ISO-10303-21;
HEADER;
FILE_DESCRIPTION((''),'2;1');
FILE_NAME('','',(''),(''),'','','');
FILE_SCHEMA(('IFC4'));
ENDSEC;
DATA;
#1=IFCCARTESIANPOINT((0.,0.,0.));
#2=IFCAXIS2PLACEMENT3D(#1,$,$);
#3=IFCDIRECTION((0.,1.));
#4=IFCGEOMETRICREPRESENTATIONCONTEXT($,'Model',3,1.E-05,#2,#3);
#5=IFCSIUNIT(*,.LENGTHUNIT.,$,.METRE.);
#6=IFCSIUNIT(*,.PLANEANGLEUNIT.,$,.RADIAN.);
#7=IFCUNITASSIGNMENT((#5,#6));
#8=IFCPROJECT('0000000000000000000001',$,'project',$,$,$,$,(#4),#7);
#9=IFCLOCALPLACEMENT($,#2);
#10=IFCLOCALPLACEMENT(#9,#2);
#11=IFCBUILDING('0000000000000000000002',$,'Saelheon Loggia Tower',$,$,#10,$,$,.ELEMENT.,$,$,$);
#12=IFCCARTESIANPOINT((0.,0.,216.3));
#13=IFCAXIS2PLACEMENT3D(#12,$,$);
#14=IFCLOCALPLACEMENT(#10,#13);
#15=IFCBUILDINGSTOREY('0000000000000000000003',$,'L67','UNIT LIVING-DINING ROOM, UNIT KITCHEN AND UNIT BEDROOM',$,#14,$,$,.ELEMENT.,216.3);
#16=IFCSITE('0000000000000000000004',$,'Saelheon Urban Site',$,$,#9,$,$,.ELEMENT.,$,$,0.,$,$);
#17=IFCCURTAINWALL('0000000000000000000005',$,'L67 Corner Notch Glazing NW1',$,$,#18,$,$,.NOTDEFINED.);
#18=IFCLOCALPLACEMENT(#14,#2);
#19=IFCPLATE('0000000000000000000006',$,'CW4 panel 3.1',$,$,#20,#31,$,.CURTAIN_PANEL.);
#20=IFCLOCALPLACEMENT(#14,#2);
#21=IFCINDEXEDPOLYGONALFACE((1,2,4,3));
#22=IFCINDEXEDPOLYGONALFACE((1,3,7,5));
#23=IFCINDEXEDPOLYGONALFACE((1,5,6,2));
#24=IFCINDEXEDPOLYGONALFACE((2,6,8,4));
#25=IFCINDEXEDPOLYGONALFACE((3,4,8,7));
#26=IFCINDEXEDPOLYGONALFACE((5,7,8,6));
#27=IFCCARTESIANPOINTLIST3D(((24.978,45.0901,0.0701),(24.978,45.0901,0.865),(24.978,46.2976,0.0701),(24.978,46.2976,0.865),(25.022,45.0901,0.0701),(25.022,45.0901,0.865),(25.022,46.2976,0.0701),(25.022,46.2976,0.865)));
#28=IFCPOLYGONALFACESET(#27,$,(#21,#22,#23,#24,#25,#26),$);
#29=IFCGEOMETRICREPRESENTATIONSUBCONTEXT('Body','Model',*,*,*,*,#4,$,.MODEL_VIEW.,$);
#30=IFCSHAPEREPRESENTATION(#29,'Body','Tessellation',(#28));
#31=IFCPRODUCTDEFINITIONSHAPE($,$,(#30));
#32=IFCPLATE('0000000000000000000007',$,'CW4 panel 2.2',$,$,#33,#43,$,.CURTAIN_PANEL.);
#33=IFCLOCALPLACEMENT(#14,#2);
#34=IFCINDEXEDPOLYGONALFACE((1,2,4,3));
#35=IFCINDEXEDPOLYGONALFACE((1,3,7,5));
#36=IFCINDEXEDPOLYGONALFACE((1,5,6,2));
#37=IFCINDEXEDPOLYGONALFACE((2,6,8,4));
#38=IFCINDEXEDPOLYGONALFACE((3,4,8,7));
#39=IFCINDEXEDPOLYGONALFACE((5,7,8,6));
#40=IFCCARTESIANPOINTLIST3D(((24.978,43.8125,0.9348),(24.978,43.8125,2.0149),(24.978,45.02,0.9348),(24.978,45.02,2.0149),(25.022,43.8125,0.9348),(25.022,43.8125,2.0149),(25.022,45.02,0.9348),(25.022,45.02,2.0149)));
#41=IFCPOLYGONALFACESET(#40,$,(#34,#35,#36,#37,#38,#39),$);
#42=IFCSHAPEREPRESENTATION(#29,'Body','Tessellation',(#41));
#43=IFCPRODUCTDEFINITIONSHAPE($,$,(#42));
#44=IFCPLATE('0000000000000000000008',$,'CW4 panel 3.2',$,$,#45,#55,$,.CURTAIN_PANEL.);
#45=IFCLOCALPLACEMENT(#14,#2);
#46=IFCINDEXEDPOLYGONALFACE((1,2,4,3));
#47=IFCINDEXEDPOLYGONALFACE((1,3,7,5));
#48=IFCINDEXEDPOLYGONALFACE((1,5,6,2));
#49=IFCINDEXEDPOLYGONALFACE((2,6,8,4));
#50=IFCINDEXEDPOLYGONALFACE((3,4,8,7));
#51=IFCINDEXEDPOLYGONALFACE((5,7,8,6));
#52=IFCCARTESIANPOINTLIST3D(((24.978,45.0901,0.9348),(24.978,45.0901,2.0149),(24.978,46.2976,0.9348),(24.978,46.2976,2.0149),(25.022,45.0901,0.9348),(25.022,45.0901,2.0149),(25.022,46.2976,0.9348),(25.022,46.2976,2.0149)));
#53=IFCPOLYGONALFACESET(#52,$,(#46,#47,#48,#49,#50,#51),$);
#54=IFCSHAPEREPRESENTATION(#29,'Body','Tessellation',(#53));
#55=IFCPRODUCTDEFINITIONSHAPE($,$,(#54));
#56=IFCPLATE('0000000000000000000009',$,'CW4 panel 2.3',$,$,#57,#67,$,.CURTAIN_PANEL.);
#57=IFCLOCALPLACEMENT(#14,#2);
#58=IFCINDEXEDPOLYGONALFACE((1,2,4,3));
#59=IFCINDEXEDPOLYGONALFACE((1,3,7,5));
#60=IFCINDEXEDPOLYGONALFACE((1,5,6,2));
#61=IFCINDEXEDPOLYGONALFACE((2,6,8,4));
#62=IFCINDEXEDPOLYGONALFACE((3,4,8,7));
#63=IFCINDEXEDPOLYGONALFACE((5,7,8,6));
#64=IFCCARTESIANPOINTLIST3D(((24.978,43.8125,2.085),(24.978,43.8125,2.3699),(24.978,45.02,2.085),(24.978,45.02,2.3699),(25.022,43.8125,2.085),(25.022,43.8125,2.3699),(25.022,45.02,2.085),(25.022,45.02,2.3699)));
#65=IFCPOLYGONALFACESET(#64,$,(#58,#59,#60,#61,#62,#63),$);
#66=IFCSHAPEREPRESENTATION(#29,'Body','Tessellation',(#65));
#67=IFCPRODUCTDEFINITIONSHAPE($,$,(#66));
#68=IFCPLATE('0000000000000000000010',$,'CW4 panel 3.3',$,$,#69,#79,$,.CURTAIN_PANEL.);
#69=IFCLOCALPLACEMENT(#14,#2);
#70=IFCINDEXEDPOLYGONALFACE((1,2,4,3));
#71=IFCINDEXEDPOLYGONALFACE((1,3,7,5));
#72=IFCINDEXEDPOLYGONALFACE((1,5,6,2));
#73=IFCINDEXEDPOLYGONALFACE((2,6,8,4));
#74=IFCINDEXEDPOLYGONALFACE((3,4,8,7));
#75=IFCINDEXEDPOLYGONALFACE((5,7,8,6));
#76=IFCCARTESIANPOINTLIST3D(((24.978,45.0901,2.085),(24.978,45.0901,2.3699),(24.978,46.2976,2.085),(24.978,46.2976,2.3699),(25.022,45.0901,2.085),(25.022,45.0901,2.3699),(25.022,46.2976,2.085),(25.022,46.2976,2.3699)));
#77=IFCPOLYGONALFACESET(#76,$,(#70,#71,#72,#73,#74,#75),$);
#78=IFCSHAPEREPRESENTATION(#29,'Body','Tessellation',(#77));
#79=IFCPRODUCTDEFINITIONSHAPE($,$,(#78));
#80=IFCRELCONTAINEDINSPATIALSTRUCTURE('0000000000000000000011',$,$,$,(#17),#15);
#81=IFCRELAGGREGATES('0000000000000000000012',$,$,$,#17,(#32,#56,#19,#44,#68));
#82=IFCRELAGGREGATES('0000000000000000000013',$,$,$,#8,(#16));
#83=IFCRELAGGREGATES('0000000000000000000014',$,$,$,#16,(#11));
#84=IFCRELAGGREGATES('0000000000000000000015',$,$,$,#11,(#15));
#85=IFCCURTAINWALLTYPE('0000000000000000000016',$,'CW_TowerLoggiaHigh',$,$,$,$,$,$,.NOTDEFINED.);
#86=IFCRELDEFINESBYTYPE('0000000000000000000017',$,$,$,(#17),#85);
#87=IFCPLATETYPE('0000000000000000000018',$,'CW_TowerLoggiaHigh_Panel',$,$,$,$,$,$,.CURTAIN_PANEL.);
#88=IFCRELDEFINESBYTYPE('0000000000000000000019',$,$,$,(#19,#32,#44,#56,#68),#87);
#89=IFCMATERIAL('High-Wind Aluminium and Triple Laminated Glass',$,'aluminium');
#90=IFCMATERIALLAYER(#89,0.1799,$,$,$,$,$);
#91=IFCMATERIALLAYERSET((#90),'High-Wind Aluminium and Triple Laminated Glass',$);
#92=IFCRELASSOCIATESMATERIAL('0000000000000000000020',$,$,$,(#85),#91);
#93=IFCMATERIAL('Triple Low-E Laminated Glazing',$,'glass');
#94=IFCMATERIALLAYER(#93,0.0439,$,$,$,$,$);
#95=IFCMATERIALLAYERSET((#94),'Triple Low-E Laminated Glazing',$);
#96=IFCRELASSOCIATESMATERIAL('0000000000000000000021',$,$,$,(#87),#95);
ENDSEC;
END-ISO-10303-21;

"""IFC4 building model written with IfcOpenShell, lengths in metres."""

from ifc_helpers import new_model, si_unit, direction, frame, origin, origin_2d, place, context, subcontext, project, spatial, rectangle, extrude, source, transform, mapped, material, layer, layer_set, type_object, element, aggregate, save


model = new_model("IFC4")

# Units and contexts
model_context = context("Model", 3, precision=1e-05, world=origin(), true_north=direction((0.0, 1.0)))
body_context = subcontext(model_context, "Body", "Model", "MODEL_VIEW")
ifc_project = project(units=[si_unit("LENGTHUNIT", "METRE"), si_unit("PLANEANGLEUNIT", "RADIAN")], contexts=[model_context])

# Site, building, storey
site_placement = place(None, origin())
site = spatial("IfcSite", under=ifc_project, at=site_placement, Name="Saelheon Urban Site", CompositionType="ELEMENT", RefElevation=0.0)
building_placement = place(site_placement, origin())
building = spatial("IfcBuilding", under=site, at=building_placement, Name="Saelheon Loggia Tower", CompositionType="ELEMENT")
storey_placement = place(building_placement, frame((0.0, 0.0, 216.3)))
storey = spatial("IfcBuildingStorey", under=building, at=storey_placement, Name="L67", Description="UNIT LIVING-DINING ROOM, UNIT KITCHEN AND UNIT BEDROOM", CompositionType="ELEMENT", Elevation=216.3)

# Curtain wall, plates
ifc_material_1 = material(Name="High-Wind Aluminium and Triple Laminated Glass", Category="aluminium")
ifc_layer_1 = layer(ifc_material_1, 0.1799)
ifc_layer_set_1 = layer_set([ifc_layer_1], Name="High-Wind Aluminium and Triple Laminated Glass")
curtain_wall_type = type_object("IfcCurtainWallType", Name="CW_TowerLoggiaHigh", PredefinedType="NOTDEFINED", material=ifc_layer_set_1)
curtain_wall_placement = place(storey_placement, origin())
curtain_wall = element("IfcCurtainWall", 1, at=curtain_wall_placement, inside=storey, type_object=curtain_wall_type, Name="L67 Corner Notch Glazing NW1", PredefinedType="NOTDEFINED")
ifc_material_2 = material(Name="Triple Low-E Laminated Glazing", Category="glass")
ifc_layer_2 = layer(ifc_material_2, 0.0439)
ifc_layer_set_2 = layer_set([ifc_layer_2], Name="Triple Low-E Laminated Glazing")
plate_type = type_object("IfcPlateType", Name="CW_TowerLoggiaHigh_Panel", PredefinedType="CURTAIN_PANEL", material=ifc_layer_set_2)
shared_shape_1 = source(origin(), body_context, "Body", "SweptSolid", [
    extrude(rectangle(XDim=1.2075, YDim=0.0439, at=origin_2d()), origin(), (0.0, 0.0, 1.0), 0.7949),
])
plate_1_placement = place(storey_placement, frame((25.0, 45.6938, 0.0701), z_axis=(0.0, 0.0, 1.0), x_axis=(0.0, 1.0, 0.0)))
plate_1 = element("IfcPlate", 2, at=plate_1_placement, type_object=plate_type, Name="CW4 panel 3.1", PredefinedType="CURTAIN_PANEL", context=body_context, shape_type="MappedRepresentation", body=[
    mapped(shared_shape_1, transform((0.0, 0.0, 0.0), scale=1.0)),
])
shared_shape_2 = source(origin(), body_context, "Body", "SweptSolid", [
    extrude(rectangle(XDim=1.2075, YDim=0.0439, at=origin_2d()), origin(), (0.0, 0.0, 1.0), 1.0801),
])
plate_2_placement = place(storey_placement, frame((25.0, 44.4163, 0.9348), z_axis=(0.0, 0.0, 1.0), x_axis=(0.0, 1.0, 0.0)))
plate_2 = element("IfcPlate", 3, at=plate_2_placement, type_object=plate_type, Name="CW4 panel 2.2", PredefinedType="CURTAIN_PANEL", context=body_context, shape_type="MappedRepresentation", body=[
    mapped(shared_shape_2, transform((0.0, 0.0, 0.0), scale=1.0)),
])
plate_3_placement = place(storey_placement, frame((25.0, 45.6938, 0.9348), z_axis=(0.0, 0.0, 1.0), x_axis=(0.0, 1.0, 0.0)))
plate_3 = element("IfcPlate", 4, at=plate_3_placement, type_object=plate_type, Name="CW4 panel 3.2", PredefinedType="CURTAIN_PANEL", context=body_context, shape_type="MappedRepresentation", body=[
    mapped(shared_shape_2, transform((0.0, 0.0, 0.0), scale=1.0)),
])
shared_shape_3 = source(origin(), body_context, "Body", "SweptSolid", [
    extrude(rectangle(XDim=1.2075, YDim=0.0439, at=origin_2d()), origin(), (0.0, 0.0, 1.0), 0.2849),
])
plate_4_placement = place(storey_placement, frame((25.0, 44.4163, 2.085), z_axis=(0.0, 0.0, 1.0), x_axis=(0.0, 1.0, 0.0)))
plate_4 = element("IfcPlate", 5, at=plate_4_placement, type_object=plate_type, Name="CW4 panel 2.3", PredefinedType="CURTAIN_PANEL", context=body_context, shape_type="MappedRepresentation", body=[
    mapped(shared_shape_3, transform((0.0, 0.0, 0.0), scale=1.0)),
])
plate_5_placement = place(storey_placement, frame((25.0, 45.6938, 2.085), z_axis=(0.0, 0.0, 1.0), x_axis=(0.0, 1.0, 0.0)))
plate_5 = element("IfcPlate", 6, at=plate_5_placement, type_object=plate_type, Name="CW4 panel 3.3", PredefinedType="CURTAIN_PANEL", context=body_context, shape_type="MappedRepresentation", body=[
    mapped(shared_shape_3, transform((0.0, 0.0, 0.0), scale=1.0)),
])
aggregate(curtain_wall, [plate_2, plate_4, plate_1, plate_3, plate_5])

save(model, "model.ifc")
